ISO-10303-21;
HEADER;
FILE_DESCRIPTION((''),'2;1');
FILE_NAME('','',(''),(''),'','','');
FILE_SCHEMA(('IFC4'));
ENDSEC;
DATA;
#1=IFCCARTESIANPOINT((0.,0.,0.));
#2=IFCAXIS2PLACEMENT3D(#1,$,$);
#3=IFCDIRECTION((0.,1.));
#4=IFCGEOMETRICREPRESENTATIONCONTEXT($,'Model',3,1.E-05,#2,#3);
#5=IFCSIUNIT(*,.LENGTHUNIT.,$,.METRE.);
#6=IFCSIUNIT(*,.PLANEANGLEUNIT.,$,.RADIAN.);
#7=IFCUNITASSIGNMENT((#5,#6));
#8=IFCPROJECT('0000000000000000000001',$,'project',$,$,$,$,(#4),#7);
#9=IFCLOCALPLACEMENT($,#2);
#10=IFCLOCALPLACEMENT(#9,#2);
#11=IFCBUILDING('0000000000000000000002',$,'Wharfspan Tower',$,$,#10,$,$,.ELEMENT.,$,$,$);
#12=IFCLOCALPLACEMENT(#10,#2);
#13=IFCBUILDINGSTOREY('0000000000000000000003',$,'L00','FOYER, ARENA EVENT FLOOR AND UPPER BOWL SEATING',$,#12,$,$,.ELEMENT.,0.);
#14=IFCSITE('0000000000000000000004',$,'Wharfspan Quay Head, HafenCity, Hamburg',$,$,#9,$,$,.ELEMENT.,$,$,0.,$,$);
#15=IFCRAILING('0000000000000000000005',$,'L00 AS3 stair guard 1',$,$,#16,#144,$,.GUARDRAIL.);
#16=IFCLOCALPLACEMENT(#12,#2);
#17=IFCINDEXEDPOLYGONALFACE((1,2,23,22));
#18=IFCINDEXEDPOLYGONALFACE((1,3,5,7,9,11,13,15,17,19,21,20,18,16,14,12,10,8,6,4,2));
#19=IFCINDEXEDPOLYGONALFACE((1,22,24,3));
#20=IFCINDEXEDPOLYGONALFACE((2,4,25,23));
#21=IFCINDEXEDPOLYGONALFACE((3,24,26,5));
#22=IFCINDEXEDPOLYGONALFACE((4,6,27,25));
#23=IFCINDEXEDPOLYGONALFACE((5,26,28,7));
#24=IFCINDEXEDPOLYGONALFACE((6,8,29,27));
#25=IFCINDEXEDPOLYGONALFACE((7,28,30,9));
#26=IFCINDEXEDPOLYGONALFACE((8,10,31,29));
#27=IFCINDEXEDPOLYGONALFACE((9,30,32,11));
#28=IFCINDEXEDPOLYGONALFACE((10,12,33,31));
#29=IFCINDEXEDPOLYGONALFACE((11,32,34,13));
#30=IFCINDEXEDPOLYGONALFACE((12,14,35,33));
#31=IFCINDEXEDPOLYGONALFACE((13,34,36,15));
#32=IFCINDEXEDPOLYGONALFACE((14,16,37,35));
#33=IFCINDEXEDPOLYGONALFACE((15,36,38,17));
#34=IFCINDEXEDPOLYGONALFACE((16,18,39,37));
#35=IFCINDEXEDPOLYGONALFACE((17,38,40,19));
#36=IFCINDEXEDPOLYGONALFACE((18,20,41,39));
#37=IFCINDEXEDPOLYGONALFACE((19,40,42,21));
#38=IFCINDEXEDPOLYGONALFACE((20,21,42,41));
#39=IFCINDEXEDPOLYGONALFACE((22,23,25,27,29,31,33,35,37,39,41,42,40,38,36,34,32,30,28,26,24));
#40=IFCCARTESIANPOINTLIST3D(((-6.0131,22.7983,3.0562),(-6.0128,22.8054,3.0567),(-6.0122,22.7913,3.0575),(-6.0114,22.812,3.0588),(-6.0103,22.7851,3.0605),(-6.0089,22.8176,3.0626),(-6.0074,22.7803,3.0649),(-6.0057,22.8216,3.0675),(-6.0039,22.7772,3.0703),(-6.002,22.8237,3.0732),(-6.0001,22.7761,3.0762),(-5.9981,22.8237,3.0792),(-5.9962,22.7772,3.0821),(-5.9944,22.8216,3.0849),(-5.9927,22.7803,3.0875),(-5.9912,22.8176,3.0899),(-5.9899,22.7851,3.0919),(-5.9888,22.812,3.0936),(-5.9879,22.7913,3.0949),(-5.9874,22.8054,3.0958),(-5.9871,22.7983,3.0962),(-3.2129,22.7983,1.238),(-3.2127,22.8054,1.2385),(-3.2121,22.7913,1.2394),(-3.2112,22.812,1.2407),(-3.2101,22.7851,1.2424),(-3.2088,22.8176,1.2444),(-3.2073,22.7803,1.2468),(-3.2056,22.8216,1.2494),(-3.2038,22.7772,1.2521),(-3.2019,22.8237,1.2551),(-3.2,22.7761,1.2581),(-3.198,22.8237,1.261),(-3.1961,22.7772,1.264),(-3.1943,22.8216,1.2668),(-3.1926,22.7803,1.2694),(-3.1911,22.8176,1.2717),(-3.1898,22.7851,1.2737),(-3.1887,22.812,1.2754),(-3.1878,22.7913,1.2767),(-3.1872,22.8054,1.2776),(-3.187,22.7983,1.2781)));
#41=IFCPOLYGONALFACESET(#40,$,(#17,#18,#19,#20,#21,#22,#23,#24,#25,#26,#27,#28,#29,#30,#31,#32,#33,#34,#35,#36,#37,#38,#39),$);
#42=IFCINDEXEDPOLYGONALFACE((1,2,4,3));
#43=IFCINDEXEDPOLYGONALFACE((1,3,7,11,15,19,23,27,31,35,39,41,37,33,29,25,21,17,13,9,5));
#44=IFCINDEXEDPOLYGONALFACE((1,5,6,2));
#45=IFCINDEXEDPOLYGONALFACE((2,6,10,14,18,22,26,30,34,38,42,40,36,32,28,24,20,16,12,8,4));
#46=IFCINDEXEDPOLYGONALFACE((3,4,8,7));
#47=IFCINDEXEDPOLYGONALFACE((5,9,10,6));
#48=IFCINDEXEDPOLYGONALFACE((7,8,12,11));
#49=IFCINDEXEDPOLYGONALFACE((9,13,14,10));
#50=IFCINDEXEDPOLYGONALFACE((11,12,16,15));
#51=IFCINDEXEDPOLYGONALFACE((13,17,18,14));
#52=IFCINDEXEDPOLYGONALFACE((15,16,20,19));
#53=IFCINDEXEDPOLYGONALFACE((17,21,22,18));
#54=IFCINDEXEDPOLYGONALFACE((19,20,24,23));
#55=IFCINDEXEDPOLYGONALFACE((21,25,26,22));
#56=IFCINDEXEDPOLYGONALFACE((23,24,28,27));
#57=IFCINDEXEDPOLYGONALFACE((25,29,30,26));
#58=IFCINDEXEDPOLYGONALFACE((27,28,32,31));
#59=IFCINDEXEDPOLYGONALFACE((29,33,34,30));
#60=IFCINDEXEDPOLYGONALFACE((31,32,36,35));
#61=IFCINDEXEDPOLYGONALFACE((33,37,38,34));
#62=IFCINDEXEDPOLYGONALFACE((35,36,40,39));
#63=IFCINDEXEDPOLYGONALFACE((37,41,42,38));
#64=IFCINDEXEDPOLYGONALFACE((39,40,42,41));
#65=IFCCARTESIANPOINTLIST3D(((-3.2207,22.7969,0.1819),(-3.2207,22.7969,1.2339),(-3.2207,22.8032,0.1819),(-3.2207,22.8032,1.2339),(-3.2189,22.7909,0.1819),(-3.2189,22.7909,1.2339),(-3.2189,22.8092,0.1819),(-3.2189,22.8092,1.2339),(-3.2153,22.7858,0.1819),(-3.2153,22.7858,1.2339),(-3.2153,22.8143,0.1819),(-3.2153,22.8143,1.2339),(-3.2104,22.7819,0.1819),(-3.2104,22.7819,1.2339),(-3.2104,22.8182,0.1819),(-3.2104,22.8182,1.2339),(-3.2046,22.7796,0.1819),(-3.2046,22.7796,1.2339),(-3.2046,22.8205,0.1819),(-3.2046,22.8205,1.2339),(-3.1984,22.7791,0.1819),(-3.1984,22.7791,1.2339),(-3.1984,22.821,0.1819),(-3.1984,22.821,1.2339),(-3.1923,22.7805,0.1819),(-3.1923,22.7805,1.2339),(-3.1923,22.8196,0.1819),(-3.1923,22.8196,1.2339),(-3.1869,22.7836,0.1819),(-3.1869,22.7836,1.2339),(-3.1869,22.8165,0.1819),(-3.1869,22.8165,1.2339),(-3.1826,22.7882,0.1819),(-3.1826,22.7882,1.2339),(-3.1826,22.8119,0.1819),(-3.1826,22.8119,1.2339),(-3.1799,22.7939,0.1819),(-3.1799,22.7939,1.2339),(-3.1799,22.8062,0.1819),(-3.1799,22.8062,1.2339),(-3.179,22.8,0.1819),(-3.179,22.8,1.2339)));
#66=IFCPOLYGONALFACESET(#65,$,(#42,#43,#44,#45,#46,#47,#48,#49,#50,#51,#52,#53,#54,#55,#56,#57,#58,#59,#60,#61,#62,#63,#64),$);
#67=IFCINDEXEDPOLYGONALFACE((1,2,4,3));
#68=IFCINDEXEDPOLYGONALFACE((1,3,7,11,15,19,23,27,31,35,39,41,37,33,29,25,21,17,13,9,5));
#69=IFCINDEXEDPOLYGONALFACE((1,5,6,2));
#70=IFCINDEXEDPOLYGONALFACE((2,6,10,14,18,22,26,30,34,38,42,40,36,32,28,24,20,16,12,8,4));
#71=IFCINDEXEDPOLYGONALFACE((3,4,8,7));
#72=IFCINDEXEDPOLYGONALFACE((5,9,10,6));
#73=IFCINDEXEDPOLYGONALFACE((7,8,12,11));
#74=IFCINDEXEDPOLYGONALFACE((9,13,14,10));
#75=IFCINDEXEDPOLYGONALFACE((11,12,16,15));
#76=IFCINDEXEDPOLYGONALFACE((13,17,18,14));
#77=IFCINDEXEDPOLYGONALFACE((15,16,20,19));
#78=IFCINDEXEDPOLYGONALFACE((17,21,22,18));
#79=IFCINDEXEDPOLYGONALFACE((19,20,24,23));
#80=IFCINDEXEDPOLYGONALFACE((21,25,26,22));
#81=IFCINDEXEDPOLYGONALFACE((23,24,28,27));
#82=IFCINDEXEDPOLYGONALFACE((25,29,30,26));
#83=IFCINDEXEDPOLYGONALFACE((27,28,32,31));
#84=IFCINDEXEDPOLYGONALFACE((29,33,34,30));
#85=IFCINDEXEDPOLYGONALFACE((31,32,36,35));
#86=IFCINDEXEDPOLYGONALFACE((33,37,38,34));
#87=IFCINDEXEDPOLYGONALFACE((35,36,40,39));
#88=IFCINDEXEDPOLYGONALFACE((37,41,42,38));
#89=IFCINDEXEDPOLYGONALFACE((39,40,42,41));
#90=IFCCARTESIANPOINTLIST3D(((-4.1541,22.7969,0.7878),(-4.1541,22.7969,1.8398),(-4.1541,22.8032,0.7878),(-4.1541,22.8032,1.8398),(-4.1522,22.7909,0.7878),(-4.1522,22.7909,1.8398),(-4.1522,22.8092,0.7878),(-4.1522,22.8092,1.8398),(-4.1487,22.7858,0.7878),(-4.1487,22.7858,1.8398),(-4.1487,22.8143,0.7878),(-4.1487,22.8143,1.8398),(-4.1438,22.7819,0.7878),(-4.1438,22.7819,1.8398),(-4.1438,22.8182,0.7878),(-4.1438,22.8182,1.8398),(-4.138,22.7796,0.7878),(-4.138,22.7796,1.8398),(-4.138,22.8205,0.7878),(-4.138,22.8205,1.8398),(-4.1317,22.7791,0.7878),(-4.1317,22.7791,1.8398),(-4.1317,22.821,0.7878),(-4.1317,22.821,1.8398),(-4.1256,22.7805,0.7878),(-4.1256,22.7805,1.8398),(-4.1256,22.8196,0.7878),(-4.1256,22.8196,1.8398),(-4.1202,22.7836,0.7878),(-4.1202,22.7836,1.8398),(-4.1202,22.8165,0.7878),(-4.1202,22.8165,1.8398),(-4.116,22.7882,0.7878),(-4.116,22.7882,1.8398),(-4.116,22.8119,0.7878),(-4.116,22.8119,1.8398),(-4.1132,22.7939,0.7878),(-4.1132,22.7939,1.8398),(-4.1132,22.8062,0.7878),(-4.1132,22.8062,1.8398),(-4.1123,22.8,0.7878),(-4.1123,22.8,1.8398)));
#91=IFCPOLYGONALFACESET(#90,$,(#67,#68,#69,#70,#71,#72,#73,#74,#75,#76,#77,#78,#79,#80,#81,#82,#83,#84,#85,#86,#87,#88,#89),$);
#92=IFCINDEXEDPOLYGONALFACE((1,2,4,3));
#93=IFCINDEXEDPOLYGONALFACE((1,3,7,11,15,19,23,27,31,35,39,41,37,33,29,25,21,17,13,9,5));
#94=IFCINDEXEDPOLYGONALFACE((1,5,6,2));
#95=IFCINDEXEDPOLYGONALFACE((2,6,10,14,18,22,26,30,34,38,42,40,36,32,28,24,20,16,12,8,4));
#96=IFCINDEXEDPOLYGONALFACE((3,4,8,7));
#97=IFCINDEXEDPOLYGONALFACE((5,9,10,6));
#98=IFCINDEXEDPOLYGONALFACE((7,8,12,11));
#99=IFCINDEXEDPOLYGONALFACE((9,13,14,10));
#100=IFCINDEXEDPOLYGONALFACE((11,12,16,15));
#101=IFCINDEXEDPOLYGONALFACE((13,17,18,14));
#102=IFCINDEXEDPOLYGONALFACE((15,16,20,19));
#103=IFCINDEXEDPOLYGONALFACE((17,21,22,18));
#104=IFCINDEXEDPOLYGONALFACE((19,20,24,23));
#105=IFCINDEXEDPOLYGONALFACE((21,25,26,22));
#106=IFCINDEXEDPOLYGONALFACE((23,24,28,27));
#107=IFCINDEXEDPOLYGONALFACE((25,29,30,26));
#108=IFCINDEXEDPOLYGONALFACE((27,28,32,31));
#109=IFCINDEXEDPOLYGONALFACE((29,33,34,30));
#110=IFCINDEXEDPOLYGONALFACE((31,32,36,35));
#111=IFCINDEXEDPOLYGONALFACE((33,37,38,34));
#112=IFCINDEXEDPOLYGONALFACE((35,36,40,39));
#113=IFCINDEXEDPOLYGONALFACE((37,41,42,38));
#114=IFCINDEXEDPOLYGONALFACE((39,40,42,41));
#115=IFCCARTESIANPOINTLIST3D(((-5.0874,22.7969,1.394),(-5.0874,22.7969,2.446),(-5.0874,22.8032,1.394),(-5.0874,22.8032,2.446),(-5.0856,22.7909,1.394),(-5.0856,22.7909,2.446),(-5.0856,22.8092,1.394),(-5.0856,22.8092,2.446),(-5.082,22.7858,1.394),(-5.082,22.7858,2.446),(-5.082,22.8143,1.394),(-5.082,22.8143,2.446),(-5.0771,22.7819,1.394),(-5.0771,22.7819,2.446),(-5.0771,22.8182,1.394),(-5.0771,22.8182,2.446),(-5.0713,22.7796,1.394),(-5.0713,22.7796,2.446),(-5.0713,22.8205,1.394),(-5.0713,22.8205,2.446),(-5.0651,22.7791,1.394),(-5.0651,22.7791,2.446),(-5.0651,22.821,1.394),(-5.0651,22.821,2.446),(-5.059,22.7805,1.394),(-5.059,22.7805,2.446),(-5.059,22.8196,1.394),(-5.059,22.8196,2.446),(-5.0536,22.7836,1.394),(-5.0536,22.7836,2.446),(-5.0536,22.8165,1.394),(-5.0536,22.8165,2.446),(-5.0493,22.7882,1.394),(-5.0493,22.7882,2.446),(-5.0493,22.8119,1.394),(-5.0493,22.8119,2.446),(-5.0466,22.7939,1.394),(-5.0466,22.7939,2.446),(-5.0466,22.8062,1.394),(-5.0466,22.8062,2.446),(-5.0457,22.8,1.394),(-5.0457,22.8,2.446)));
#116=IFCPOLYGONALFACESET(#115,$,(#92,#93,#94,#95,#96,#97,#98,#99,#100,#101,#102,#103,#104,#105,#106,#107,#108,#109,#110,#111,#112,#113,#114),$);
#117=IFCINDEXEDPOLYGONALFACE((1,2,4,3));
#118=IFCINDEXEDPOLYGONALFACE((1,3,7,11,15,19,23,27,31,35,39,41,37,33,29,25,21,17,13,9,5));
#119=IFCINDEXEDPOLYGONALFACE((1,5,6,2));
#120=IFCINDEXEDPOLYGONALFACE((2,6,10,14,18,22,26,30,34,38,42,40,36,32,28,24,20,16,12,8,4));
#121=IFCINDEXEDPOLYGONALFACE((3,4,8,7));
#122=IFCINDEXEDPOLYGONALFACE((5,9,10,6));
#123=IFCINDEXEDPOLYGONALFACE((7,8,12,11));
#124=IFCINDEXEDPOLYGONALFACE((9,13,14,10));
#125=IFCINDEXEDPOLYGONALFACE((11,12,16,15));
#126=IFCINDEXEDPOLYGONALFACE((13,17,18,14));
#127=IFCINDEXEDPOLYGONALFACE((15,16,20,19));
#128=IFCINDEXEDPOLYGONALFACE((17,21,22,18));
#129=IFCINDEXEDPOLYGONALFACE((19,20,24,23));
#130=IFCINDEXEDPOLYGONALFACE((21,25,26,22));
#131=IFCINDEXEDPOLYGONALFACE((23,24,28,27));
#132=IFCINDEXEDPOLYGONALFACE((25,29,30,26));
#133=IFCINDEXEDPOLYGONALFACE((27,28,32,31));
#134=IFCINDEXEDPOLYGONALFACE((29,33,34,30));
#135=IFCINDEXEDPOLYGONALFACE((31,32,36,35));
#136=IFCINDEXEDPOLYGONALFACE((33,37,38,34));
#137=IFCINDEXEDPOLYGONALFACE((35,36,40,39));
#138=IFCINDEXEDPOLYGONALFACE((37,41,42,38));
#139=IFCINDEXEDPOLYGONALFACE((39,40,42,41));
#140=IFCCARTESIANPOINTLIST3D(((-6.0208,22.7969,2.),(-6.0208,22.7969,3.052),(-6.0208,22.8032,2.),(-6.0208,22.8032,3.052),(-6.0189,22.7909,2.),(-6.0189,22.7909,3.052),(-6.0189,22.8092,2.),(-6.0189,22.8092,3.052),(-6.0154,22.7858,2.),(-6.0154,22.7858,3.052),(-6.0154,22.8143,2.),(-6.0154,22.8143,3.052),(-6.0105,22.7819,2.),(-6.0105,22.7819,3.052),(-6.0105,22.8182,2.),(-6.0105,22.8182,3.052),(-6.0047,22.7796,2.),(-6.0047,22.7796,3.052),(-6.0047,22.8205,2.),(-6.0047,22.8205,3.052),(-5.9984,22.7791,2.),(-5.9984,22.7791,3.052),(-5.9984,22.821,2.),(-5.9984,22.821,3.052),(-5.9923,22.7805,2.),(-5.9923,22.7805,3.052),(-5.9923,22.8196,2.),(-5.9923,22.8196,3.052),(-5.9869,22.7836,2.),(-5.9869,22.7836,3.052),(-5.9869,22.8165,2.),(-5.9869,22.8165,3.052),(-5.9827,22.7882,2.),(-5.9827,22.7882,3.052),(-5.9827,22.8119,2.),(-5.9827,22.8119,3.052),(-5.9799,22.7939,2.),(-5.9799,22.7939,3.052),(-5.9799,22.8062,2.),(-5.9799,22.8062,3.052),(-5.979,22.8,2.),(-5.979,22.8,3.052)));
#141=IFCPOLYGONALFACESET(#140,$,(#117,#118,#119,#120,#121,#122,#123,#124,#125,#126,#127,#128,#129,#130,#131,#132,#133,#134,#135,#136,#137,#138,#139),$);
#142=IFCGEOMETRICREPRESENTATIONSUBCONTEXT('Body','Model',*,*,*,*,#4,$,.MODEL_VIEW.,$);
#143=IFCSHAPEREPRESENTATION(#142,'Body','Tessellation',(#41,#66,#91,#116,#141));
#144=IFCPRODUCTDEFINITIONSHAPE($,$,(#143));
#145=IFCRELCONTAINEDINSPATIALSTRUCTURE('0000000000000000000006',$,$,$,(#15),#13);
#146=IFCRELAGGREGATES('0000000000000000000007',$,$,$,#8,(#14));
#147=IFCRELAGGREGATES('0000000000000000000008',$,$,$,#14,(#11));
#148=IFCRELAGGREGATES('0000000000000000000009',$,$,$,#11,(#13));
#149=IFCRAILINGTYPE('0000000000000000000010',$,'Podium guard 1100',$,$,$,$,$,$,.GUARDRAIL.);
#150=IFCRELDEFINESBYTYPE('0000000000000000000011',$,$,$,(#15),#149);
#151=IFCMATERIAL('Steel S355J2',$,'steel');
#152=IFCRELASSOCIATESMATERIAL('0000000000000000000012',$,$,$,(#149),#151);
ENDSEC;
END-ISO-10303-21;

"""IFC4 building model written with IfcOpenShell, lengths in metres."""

from ifc_helpers import new_model, si_unit, direction, frame, origin, origin_2d, place, context, subcontext, project, spatial, circle, extrude, material, type_object, element, save


model = new_model("IFC4")

# Units and contexts
model_context = context("Model", 3, precision=1e-05, world=origin(), true_north=direction((0.0, 1.0)))
body_context = subcontext(model_context, "Body", "Model", "MODEL_VIEW")
ifc_project = project(units=[si_unit("LENGTHUNIT", "METRE"), si_unit("PLANEANGLEUNIT", "RADIAN")], contexts=[model_context])

# Site, building, storey
site_placement = place(None, origin())
site = spatial("IfcSite", under=ifc_project, at=site_placement, Name="Wharfspan Quay Head, HafenCity, Hamburg", CompositionType="ELEMENT", RefElevation=0.0)
building_placement = place(site_placement, origin())
building = spatial("IfcBuilding", under=site, at=building_placement, Name="Wharfspan Tower", CompositionType="ELEMENT")
storey_placement = place(building_placement, origin())
storey = spatial("IfcBuildingStorey", under=building, at=storey_placement, Name="L00", Description="FOYER, ARENA EVENT FLOOR AND UPPER BOWL SEATING", CompositionType="ELEMENT", Elevation=0.0)

# Shared definitions
ifc_material_1 = material(Name="Steel S355J2", Category="steel")

# Railing
railing_type_1 = type_object("IfcRailingType", Name="Podium guard 1100", PredefinedType="GUARDRAIL", material=ifc_material_1)
railing_1_placement = place(storey_placement, frame((-3.2, 22.8, 0.1819)))
element("IfcRailing", 1, at=railing_1_placement, inside=storey, type_object=railing_type_1, Name="L00 AS3 stair guard 1", PredefinedType="GUARDRAIL", context=body_context, shape_type="SweptSolid", body=[
    extrude(circle(Radius=0.0239, at=origin_2d()), frame((0.0, 0.0, 1.0762), z_axis=(-0.838706, 0.0, 0.544585), x_axis=(0.0, -1.0, 0.0)), (0.0, 0.0, 1.0), 3.3386),
    extrude(circle(Radius=0.021, at=origin_2d()), origin(), (0.0, 0.0, 1.0), 1.052),
    extrude(circle(Radius=0.021, at=origin_2d()), frame((-0.9334, 0.0, 0.606)), (0.0, 0.0, 1.0), 1.052),
    extrude(circle(Radius=0.021, at=origin_2d()), frame((-1.8667, 0.0, 1.2122)), (0.0, 0.0, 1.0), 1.052),
    extrude(circle(Radius=0.021, at=origin_2d()), frame((-2.8, 0.0, 1.8181)), (0.0, 0.0, 1.0), 1.052),
])

save(model, "model.ifc")
